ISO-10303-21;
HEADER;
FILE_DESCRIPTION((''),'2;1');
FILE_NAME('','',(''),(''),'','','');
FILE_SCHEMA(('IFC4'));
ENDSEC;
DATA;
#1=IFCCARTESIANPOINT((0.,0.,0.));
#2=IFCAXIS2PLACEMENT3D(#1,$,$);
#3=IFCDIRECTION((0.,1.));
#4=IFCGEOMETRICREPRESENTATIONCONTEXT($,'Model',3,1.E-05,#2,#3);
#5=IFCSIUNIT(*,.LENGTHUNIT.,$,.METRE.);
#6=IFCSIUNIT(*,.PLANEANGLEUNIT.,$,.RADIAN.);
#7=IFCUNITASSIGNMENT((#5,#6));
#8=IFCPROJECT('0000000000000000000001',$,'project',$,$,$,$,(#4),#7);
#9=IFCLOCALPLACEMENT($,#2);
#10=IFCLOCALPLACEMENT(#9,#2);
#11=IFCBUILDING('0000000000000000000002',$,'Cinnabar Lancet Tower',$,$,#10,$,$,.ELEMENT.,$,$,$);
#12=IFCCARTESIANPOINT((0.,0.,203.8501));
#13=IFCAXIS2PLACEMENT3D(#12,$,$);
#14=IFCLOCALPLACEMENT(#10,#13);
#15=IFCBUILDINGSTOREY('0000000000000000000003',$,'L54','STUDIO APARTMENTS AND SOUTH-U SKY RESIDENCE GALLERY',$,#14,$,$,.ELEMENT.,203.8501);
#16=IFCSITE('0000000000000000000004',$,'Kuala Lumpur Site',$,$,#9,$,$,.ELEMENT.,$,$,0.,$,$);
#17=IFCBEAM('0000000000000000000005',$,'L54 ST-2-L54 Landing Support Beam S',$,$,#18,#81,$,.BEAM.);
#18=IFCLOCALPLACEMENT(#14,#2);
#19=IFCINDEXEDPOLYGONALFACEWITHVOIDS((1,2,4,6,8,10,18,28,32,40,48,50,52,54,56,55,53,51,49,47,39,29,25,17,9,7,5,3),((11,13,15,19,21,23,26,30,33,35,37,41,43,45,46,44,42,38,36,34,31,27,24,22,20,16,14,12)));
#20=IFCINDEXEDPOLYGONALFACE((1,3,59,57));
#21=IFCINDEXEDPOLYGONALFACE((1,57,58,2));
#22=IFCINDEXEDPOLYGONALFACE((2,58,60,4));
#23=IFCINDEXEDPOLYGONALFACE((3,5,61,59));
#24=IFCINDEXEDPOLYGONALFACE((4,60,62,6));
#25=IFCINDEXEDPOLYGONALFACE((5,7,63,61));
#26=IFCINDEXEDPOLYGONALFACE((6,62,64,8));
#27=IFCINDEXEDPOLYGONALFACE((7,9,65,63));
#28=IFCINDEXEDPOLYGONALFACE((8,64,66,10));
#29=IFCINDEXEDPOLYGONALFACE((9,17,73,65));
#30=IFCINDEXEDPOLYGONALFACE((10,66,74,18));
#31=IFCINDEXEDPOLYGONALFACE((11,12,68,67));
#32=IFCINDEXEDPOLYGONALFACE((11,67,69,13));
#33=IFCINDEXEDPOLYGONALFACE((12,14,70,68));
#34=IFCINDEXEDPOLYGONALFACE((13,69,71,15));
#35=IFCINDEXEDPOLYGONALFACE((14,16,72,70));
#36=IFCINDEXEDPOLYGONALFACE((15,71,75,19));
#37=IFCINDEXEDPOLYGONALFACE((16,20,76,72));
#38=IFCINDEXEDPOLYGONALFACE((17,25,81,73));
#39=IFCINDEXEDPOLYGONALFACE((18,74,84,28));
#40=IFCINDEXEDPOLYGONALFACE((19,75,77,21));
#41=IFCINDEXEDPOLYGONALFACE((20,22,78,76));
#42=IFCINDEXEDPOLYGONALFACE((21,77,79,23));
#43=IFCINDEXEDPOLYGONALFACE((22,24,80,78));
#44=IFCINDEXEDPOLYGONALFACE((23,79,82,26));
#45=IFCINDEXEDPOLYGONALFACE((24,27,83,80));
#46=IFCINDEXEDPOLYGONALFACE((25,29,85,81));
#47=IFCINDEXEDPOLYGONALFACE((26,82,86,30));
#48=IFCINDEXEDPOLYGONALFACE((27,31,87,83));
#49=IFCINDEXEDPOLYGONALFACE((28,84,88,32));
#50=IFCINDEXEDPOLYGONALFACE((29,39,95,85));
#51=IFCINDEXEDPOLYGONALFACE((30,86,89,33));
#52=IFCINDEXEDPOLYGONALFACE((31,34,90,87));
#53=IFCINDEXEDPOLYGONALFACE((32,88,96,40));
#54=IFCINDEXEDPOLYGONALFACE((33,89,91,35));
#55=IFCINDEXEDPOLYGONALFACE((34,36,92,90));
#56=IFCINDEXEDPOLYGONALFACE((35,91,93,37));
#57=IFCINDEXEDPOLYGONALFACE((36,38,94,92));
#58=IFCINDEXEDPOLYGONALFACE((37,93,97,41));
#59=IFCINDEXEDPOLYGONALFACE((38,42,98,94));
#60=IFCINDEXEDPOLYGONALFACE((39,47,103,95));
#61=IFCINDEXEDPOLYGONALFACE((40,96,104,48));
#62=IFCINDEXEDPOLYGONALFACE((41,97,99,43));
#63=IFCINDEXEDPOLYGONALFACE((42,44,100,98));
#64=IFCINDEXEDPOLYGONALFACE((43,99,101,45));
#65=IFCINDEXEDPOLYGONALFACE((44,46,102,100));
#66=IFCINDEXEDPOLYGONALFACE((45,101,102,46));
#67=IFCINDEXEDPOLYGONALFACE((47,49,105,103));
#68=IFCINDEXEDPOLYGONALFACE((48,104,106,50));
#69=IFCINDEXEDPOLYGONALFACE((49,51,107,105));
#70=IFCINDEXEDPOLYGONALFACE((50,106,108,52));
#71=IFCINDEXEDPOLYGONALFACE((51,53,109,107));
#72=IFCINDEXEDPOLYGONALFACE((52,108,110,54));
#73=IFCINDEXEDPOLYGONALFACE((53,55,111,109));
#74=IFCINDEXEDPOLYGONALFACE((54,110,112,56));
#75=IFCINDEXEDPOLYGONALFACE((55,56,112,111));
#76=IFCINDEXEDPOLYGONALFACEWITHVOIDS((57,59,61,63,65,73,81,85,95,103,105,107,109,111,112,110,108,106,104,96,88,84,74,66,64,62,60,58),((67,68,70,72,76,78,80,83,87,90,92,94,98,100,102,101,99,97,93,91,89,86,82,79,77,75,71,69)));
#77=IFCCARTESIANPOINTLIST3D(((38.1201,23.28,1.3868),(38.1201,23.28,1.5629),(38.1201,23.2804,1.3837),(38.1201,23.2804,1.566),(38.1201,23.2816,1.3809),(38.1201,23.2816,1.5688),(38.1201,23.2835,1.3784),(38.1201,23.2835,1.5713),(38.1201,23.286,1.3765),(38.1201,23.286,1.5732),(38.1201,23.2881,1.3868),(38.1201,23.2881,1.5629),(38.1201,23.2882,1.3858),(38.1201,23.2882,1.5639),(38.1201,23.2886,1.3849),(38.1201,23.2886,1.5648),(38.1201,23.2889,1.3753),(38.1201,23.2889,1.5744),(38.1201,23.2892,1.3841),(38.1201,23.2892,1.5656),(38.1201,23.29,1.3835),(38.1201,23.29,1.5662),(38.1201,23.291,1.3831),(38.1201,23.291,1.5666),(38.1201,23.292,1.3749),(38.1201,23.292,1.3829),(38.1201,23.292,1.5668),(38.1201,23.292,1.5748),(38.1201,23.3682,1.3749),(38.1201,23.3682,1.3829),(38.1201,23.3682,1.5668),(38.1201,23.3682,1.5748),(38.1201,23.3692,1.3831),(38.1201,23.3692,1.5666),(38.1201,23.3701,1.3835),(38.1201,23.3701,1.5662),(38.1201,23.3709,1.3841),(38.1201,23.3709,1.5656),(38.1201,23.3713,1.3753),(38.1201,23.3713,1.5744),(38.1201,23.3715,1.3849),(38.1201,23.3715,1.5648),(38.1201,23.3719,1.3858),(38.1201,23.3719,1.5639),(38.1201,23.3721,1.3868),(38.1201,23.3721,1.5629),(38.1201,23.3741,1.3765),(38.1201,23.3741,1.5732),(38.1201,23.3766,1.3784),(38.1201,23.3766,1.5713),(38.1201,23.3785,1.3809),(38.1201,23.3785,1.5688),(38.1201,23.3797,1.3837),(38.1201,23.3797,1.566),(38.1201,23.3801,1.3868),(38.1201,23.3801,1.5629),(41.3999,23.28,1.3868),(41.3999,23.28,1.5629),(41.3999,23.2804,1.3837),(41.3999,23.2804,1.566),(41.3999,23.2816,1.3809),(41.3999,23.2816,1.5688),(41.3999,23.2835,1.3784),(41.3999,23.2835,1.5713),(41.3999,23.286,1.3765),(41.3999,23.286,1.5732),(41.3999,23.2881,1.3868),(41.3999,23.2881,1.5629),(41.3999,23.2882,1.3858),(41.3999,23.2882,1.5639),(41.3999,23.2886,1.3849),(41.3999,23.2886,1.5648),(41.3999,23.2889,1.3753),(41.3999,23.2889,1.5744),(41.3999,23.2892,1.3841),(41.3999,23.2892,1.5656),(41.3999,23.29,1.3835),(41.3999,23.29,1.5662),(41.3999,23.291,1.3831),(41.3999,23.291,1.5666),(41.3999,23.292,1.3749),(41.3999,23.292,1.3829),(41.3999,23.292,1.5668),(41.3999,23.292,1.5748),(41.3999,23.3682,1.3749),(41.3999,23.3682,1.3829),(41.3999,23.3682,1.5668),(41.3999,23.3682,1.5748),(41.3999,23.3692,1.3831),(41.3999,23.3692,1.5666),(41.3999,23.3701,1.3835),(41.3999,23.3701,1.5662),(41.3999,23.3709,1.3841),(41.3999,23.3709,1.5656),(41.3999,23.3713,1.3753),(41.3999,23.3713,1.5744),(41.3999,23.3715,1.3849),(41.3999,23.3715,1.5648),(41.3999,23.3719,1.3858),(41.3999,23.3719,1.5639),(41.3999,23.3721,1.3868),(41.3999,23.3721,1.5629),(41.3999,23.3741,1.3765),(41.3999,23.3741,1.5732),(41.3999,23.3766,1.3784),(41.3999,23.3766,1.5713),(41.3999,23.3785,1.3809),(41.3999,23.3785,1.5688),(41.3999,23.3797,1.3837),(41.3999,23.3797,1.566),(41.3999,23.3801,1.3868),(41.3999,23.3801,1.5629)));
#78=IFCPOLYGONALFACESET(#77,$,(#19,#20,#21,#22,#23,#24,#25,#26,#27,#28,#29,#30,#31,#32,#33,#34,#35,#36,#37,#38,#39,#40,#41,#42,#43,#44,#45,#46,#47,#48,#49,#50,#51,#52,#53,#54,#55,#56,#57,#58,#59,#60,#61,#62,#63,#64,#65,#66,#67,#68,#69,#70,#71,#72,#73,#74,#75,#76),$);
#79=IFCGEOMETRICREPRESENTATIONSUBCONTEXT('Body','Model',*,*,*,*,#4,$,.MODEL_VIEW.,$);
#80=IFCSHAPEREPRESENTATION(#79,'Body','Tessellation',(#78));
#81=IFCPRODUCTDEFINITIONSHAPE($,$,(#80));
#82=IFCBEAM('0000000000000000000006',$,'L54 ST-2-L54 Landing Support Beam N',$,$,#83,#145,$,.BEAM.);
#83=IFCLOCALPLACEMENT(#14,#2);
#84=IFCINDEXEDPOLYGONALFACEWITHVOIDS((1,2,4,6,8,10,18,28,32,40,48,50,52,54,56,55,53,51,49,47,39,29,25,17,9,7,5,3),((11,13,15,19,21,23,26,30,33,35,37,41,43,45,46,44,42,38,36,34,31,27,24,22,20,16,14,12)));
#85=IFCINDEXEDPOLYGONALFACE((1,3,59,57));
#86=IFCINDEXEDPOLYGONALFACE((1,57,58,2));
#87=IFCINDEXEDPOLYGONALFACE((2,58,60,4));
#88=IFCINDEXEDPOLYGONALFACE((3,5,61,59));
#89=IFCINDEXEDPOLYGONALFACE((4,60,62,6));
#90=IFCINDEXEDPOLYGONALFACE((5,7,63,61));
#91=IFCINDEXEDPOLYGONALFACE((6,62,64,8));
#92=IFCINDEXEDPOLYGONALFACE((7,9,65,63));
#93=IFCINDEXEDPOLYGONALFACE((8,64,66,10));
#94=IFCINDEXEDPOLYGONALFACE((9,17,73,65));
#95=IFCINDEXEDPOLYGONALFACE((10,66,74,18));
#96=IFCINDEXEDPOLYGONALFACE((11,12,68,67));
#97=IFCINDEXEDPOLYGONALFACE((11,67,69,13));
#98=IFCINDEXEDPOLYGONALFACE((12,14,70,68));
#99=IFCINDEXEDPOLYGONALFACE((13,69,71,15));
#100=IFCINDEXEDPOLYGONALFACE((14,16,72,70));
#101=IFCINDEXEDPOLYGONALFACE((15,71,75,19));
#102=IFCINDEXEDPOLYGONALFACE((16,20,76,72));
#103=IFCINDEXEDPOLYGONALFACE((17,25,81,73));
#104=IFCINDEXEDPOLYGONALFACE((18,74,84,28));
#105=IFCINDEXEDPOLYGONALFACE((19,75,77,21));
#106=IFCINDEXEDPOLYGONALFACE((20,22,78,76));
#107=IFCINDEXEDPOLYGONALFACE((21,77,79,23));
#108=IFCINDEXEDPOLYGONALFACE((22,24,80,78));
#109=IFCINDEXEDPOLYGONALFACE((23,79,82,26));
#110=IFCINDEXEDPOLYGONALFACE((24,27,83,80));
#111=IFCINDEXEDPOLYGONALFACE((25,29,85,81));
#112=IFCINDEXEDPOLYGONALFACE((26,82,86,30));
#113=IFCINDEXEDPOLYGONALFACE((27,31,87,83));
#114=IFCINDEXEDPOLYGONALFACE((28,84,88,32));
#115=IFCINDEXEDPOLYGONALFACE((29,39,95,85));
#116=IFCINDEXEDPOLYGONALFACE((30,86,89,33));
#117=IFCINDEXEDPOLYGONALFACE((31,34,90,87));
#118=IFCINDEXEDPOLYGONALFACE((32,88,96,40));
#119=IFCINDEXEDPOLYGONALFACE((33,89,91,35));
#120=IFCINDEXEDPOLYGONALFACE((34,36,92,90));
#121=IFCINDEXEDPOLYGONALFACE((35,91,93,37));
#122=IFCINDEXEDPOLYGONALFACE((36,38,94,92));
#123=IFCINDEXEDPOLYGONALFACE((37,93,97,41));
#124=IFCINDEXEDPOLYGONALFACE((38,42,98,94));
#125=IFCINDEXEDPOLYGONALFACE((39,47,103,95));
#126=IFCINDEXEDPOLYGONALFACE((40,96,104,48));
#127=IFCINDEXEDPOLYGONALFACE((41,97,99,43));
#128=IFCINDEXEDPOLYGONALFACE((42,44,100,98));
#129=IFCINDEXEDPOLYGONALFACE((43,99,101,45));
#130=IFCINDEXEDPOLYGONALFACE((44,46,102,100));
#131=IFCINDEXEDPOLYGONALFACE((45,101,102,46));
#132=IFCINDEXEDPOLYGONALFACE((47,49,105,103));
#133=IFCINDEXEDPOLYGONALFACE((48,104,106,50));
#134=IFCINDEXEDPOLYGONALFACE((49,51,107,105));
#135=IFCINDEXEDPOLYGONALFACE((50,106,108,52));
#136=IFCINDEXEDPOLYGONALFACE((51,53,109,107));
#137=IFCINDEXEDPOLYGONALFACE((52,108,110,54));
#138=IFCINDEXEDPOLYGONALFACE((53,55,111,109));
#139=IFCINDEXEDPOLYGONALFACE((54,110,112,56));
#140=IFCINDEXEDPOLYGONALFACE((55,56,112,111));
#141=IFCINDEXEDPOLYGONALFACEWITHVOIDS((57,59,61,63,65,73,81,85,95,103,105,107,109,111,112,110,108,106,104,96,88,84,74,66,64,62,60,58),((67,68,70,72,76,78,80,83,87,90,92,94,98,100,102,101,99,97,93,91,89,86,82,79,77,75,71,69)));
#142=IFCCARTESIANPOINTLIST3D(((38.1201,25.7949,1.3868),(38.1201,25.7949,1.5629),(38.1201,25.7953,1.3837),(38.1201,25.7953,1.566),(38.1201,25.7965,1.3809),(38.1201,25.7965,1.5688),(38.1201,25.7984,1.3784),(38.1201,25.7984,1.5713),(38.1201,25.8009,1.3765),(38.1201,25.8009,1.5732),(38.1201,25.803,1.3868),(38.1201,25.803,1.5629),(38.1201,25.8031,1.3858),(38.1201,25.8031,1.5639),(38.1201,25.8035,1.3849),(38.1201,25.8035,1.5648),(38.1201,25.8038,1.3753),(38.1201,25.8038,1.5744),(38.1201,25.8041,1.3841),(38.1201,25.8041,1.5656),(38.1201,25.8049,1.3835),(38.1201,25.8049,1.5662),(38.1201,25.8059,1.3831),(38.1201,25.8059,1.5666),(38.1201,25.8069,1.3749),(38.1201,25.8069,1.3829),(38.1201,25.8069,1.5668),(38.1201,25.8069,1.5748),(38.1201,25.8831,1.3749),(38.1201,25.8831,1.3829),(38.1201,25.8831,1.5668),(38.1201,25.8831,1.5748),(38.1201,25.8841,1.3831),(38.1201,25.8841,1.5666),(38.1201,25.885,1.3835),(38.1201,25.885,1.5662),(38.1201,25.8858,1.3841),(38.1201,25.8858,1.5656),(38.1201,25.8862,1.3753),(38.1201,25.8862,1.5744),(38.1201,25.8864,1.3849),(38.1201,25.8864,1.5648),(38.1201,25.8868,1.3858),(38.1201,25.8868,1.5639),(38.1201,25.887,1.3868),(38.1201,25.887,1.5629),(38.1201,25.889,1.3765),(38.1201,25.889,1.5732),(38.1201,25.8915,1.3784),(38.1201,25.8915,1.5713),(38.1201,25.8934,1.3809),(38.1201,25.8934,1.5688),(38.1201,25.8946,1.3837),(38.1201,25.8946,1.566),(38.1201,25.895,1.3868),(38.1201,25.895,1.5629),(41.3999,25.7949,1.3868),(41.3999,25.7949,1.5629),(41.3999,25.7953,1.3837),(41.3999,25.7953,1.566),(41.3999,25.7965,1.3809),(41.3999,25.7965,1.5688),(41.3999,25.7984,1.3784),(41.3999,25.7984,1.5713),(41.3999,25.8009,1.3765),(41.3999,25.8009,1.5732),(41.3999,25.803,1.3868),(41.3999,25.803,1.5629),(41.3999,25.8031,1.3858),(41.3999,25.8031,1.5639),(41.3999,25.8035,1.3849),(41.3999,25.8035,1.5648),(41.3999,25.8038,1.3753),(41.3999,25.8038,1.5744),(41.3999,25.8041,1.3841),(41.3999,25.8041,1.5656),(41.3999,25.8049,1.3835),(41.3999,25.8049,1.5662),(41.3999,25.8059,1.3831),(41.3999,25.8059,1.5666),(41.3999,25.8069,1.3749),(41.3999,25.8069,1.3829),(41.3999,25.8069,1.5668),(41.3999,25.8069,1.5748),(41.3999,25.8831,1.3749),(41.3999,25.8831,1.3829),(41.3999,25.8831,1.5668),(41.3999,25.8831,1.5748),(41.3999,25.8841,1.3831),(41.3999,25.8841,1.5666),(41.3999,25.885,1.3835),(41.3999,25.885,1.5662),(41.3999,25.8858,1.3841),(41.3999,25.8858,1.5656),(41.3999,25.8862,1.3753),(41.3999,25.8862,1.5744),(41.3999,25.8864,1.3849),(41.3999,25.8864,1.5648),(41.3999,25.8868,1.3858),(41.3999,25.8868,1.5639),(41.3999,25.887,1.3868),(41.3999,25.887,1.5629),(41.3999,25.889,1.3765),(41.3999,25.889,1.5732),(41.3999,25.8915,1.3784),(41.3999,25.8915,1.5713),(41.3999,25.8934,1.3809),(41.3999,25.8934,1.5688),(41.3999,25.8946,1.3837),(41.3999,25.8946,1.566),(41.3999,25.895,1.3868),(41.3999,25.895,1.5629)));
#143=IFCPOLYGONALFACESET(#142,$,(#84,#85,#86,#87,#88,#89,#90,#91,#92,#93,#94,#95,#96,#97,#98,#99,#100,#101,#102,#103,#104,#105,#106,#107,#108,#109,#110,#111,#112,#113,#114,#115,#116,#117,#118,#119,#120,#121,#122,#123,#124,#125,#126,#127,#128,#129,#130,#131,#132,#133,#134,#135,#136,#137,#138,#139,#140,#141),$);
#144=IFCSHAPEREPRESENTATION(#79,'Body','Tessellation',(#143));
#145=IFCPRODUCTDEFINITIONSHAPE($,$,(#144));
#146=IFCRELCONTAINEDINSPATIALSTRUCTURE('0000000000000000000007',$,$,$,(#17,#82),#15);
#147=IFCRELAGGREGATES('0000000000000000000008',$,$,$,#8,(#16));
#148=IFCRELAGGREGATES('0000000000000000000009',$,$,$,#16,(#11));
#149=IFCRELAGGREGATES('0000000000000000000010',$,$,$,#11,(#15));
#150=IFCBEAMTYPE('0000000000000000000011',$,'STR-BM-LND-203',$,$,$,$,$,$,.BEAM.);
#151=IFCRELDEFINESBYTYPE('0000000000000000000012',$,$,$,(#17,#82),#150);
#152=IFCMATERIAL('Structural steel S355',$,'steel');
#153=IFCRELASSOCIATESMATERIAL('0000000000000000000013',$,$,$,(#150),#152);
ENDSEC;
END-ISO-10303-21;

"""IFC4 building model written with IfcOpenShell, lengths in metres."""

from ifc_helpers import new_model, si_unit, direction, frame, origin, origin_2d, place, context, subcontext, project, spatial, hollow_rectangle, extrude, material, material_profile, profile_set, type_object, element, save


model = new_model("IFC4")

# Units and contexts
model_context = context("Model", 3, precision=1e-05, world=origin(), true_north=direction((0.0, 1.0)))
body_context = subcontext(model_context, "Body", "Model", "MODEL_VIEW")
ifc_project = project(units=[si_unit("LENGTHUNIT", "METRE"), si_unit("PLANEANGLEUNIT", "RADIAN")], contexts=[model_context])

# Site, building, storey
site_placement = place(None, origin())
site = spatial("IfcSite", under=ifc_project, at=site_placement, Name="Kuala Lumpur Site", CompositionType="ELEMENT", RefElevation=0.0)
building_placement = place(site_placement, origin())
building = spatial("IfcBuilding", under=site, at=building_placement, Name="Cinnabar Lancet Tower", CompositionType="ELEMENT")
storey_placement = place(building_placement, frame((0.0, 0.0, 203.8501)))
storey = spatial("IfcBuildingStorey", under=building, at=storey_placement, Name="L54", Description="STUDIO APARTMENTS AND SOUTH-U SKY RESIDENCE GALLERY", CompositionType="ELEMENT", Elevation=203.8501)

# Beams
ifc_material_1 = material(Name="Structural steel S355", Category="steel")
ifc_material_profile_1 = material_profile(ifc_material_1, hollow_rectangle(XDim=0.1001, YDim=0.2, WallThickness=0.0081, InnerFilletRadius=0.0039, OuterFilletRadius=0.012, at=origin_2d()), Name="RHS 200x100x8")
ifc_profile_set_1 = profile_set([ifc_material_profile_1], Name="Structural steel S355")
beam_type_1 = type_object("IfcBeamType", Name="STR-BM-LND-203", PredefinedType="BEAM", material=ifc_profile_set_1)
for number, where, z_axis, x_axis, name in (
    (1, (38.1201, 23.3301, 1.4749), (1.0, 0.0, 0.0), (0.0, 1.0, 0.0), "L54 ST-2-L54 Landing Support Beam S"),
    (2, (38.1201, 25.845, 1.4749), (1.0, 0.0, 0.0), (0.0, 1.0, 0.0), "L54 ST-2-L54 Landing Support Beam N"),
):
    element("IfcBeam", number, at=place(storey_placement, frame(where, z_axis=z_axis, x_axis=x_axis)), inside=storey, type_object=beam_type_1, Name=name, PredefinedType="BEAM", context=body_context, shape_type="SweptSolid", body=[
        extrude(hollow_rectangle(XDim=0.1001, YDim=0.2, WallThickness=0.0081, InnerFilletRadius=0.0039, OuterFilletRadius=0.012, at=origin_2d()), origin(), (0.0, 0.0, 1.0), 3.2798),
    ])

save(model, "model.ifc")
